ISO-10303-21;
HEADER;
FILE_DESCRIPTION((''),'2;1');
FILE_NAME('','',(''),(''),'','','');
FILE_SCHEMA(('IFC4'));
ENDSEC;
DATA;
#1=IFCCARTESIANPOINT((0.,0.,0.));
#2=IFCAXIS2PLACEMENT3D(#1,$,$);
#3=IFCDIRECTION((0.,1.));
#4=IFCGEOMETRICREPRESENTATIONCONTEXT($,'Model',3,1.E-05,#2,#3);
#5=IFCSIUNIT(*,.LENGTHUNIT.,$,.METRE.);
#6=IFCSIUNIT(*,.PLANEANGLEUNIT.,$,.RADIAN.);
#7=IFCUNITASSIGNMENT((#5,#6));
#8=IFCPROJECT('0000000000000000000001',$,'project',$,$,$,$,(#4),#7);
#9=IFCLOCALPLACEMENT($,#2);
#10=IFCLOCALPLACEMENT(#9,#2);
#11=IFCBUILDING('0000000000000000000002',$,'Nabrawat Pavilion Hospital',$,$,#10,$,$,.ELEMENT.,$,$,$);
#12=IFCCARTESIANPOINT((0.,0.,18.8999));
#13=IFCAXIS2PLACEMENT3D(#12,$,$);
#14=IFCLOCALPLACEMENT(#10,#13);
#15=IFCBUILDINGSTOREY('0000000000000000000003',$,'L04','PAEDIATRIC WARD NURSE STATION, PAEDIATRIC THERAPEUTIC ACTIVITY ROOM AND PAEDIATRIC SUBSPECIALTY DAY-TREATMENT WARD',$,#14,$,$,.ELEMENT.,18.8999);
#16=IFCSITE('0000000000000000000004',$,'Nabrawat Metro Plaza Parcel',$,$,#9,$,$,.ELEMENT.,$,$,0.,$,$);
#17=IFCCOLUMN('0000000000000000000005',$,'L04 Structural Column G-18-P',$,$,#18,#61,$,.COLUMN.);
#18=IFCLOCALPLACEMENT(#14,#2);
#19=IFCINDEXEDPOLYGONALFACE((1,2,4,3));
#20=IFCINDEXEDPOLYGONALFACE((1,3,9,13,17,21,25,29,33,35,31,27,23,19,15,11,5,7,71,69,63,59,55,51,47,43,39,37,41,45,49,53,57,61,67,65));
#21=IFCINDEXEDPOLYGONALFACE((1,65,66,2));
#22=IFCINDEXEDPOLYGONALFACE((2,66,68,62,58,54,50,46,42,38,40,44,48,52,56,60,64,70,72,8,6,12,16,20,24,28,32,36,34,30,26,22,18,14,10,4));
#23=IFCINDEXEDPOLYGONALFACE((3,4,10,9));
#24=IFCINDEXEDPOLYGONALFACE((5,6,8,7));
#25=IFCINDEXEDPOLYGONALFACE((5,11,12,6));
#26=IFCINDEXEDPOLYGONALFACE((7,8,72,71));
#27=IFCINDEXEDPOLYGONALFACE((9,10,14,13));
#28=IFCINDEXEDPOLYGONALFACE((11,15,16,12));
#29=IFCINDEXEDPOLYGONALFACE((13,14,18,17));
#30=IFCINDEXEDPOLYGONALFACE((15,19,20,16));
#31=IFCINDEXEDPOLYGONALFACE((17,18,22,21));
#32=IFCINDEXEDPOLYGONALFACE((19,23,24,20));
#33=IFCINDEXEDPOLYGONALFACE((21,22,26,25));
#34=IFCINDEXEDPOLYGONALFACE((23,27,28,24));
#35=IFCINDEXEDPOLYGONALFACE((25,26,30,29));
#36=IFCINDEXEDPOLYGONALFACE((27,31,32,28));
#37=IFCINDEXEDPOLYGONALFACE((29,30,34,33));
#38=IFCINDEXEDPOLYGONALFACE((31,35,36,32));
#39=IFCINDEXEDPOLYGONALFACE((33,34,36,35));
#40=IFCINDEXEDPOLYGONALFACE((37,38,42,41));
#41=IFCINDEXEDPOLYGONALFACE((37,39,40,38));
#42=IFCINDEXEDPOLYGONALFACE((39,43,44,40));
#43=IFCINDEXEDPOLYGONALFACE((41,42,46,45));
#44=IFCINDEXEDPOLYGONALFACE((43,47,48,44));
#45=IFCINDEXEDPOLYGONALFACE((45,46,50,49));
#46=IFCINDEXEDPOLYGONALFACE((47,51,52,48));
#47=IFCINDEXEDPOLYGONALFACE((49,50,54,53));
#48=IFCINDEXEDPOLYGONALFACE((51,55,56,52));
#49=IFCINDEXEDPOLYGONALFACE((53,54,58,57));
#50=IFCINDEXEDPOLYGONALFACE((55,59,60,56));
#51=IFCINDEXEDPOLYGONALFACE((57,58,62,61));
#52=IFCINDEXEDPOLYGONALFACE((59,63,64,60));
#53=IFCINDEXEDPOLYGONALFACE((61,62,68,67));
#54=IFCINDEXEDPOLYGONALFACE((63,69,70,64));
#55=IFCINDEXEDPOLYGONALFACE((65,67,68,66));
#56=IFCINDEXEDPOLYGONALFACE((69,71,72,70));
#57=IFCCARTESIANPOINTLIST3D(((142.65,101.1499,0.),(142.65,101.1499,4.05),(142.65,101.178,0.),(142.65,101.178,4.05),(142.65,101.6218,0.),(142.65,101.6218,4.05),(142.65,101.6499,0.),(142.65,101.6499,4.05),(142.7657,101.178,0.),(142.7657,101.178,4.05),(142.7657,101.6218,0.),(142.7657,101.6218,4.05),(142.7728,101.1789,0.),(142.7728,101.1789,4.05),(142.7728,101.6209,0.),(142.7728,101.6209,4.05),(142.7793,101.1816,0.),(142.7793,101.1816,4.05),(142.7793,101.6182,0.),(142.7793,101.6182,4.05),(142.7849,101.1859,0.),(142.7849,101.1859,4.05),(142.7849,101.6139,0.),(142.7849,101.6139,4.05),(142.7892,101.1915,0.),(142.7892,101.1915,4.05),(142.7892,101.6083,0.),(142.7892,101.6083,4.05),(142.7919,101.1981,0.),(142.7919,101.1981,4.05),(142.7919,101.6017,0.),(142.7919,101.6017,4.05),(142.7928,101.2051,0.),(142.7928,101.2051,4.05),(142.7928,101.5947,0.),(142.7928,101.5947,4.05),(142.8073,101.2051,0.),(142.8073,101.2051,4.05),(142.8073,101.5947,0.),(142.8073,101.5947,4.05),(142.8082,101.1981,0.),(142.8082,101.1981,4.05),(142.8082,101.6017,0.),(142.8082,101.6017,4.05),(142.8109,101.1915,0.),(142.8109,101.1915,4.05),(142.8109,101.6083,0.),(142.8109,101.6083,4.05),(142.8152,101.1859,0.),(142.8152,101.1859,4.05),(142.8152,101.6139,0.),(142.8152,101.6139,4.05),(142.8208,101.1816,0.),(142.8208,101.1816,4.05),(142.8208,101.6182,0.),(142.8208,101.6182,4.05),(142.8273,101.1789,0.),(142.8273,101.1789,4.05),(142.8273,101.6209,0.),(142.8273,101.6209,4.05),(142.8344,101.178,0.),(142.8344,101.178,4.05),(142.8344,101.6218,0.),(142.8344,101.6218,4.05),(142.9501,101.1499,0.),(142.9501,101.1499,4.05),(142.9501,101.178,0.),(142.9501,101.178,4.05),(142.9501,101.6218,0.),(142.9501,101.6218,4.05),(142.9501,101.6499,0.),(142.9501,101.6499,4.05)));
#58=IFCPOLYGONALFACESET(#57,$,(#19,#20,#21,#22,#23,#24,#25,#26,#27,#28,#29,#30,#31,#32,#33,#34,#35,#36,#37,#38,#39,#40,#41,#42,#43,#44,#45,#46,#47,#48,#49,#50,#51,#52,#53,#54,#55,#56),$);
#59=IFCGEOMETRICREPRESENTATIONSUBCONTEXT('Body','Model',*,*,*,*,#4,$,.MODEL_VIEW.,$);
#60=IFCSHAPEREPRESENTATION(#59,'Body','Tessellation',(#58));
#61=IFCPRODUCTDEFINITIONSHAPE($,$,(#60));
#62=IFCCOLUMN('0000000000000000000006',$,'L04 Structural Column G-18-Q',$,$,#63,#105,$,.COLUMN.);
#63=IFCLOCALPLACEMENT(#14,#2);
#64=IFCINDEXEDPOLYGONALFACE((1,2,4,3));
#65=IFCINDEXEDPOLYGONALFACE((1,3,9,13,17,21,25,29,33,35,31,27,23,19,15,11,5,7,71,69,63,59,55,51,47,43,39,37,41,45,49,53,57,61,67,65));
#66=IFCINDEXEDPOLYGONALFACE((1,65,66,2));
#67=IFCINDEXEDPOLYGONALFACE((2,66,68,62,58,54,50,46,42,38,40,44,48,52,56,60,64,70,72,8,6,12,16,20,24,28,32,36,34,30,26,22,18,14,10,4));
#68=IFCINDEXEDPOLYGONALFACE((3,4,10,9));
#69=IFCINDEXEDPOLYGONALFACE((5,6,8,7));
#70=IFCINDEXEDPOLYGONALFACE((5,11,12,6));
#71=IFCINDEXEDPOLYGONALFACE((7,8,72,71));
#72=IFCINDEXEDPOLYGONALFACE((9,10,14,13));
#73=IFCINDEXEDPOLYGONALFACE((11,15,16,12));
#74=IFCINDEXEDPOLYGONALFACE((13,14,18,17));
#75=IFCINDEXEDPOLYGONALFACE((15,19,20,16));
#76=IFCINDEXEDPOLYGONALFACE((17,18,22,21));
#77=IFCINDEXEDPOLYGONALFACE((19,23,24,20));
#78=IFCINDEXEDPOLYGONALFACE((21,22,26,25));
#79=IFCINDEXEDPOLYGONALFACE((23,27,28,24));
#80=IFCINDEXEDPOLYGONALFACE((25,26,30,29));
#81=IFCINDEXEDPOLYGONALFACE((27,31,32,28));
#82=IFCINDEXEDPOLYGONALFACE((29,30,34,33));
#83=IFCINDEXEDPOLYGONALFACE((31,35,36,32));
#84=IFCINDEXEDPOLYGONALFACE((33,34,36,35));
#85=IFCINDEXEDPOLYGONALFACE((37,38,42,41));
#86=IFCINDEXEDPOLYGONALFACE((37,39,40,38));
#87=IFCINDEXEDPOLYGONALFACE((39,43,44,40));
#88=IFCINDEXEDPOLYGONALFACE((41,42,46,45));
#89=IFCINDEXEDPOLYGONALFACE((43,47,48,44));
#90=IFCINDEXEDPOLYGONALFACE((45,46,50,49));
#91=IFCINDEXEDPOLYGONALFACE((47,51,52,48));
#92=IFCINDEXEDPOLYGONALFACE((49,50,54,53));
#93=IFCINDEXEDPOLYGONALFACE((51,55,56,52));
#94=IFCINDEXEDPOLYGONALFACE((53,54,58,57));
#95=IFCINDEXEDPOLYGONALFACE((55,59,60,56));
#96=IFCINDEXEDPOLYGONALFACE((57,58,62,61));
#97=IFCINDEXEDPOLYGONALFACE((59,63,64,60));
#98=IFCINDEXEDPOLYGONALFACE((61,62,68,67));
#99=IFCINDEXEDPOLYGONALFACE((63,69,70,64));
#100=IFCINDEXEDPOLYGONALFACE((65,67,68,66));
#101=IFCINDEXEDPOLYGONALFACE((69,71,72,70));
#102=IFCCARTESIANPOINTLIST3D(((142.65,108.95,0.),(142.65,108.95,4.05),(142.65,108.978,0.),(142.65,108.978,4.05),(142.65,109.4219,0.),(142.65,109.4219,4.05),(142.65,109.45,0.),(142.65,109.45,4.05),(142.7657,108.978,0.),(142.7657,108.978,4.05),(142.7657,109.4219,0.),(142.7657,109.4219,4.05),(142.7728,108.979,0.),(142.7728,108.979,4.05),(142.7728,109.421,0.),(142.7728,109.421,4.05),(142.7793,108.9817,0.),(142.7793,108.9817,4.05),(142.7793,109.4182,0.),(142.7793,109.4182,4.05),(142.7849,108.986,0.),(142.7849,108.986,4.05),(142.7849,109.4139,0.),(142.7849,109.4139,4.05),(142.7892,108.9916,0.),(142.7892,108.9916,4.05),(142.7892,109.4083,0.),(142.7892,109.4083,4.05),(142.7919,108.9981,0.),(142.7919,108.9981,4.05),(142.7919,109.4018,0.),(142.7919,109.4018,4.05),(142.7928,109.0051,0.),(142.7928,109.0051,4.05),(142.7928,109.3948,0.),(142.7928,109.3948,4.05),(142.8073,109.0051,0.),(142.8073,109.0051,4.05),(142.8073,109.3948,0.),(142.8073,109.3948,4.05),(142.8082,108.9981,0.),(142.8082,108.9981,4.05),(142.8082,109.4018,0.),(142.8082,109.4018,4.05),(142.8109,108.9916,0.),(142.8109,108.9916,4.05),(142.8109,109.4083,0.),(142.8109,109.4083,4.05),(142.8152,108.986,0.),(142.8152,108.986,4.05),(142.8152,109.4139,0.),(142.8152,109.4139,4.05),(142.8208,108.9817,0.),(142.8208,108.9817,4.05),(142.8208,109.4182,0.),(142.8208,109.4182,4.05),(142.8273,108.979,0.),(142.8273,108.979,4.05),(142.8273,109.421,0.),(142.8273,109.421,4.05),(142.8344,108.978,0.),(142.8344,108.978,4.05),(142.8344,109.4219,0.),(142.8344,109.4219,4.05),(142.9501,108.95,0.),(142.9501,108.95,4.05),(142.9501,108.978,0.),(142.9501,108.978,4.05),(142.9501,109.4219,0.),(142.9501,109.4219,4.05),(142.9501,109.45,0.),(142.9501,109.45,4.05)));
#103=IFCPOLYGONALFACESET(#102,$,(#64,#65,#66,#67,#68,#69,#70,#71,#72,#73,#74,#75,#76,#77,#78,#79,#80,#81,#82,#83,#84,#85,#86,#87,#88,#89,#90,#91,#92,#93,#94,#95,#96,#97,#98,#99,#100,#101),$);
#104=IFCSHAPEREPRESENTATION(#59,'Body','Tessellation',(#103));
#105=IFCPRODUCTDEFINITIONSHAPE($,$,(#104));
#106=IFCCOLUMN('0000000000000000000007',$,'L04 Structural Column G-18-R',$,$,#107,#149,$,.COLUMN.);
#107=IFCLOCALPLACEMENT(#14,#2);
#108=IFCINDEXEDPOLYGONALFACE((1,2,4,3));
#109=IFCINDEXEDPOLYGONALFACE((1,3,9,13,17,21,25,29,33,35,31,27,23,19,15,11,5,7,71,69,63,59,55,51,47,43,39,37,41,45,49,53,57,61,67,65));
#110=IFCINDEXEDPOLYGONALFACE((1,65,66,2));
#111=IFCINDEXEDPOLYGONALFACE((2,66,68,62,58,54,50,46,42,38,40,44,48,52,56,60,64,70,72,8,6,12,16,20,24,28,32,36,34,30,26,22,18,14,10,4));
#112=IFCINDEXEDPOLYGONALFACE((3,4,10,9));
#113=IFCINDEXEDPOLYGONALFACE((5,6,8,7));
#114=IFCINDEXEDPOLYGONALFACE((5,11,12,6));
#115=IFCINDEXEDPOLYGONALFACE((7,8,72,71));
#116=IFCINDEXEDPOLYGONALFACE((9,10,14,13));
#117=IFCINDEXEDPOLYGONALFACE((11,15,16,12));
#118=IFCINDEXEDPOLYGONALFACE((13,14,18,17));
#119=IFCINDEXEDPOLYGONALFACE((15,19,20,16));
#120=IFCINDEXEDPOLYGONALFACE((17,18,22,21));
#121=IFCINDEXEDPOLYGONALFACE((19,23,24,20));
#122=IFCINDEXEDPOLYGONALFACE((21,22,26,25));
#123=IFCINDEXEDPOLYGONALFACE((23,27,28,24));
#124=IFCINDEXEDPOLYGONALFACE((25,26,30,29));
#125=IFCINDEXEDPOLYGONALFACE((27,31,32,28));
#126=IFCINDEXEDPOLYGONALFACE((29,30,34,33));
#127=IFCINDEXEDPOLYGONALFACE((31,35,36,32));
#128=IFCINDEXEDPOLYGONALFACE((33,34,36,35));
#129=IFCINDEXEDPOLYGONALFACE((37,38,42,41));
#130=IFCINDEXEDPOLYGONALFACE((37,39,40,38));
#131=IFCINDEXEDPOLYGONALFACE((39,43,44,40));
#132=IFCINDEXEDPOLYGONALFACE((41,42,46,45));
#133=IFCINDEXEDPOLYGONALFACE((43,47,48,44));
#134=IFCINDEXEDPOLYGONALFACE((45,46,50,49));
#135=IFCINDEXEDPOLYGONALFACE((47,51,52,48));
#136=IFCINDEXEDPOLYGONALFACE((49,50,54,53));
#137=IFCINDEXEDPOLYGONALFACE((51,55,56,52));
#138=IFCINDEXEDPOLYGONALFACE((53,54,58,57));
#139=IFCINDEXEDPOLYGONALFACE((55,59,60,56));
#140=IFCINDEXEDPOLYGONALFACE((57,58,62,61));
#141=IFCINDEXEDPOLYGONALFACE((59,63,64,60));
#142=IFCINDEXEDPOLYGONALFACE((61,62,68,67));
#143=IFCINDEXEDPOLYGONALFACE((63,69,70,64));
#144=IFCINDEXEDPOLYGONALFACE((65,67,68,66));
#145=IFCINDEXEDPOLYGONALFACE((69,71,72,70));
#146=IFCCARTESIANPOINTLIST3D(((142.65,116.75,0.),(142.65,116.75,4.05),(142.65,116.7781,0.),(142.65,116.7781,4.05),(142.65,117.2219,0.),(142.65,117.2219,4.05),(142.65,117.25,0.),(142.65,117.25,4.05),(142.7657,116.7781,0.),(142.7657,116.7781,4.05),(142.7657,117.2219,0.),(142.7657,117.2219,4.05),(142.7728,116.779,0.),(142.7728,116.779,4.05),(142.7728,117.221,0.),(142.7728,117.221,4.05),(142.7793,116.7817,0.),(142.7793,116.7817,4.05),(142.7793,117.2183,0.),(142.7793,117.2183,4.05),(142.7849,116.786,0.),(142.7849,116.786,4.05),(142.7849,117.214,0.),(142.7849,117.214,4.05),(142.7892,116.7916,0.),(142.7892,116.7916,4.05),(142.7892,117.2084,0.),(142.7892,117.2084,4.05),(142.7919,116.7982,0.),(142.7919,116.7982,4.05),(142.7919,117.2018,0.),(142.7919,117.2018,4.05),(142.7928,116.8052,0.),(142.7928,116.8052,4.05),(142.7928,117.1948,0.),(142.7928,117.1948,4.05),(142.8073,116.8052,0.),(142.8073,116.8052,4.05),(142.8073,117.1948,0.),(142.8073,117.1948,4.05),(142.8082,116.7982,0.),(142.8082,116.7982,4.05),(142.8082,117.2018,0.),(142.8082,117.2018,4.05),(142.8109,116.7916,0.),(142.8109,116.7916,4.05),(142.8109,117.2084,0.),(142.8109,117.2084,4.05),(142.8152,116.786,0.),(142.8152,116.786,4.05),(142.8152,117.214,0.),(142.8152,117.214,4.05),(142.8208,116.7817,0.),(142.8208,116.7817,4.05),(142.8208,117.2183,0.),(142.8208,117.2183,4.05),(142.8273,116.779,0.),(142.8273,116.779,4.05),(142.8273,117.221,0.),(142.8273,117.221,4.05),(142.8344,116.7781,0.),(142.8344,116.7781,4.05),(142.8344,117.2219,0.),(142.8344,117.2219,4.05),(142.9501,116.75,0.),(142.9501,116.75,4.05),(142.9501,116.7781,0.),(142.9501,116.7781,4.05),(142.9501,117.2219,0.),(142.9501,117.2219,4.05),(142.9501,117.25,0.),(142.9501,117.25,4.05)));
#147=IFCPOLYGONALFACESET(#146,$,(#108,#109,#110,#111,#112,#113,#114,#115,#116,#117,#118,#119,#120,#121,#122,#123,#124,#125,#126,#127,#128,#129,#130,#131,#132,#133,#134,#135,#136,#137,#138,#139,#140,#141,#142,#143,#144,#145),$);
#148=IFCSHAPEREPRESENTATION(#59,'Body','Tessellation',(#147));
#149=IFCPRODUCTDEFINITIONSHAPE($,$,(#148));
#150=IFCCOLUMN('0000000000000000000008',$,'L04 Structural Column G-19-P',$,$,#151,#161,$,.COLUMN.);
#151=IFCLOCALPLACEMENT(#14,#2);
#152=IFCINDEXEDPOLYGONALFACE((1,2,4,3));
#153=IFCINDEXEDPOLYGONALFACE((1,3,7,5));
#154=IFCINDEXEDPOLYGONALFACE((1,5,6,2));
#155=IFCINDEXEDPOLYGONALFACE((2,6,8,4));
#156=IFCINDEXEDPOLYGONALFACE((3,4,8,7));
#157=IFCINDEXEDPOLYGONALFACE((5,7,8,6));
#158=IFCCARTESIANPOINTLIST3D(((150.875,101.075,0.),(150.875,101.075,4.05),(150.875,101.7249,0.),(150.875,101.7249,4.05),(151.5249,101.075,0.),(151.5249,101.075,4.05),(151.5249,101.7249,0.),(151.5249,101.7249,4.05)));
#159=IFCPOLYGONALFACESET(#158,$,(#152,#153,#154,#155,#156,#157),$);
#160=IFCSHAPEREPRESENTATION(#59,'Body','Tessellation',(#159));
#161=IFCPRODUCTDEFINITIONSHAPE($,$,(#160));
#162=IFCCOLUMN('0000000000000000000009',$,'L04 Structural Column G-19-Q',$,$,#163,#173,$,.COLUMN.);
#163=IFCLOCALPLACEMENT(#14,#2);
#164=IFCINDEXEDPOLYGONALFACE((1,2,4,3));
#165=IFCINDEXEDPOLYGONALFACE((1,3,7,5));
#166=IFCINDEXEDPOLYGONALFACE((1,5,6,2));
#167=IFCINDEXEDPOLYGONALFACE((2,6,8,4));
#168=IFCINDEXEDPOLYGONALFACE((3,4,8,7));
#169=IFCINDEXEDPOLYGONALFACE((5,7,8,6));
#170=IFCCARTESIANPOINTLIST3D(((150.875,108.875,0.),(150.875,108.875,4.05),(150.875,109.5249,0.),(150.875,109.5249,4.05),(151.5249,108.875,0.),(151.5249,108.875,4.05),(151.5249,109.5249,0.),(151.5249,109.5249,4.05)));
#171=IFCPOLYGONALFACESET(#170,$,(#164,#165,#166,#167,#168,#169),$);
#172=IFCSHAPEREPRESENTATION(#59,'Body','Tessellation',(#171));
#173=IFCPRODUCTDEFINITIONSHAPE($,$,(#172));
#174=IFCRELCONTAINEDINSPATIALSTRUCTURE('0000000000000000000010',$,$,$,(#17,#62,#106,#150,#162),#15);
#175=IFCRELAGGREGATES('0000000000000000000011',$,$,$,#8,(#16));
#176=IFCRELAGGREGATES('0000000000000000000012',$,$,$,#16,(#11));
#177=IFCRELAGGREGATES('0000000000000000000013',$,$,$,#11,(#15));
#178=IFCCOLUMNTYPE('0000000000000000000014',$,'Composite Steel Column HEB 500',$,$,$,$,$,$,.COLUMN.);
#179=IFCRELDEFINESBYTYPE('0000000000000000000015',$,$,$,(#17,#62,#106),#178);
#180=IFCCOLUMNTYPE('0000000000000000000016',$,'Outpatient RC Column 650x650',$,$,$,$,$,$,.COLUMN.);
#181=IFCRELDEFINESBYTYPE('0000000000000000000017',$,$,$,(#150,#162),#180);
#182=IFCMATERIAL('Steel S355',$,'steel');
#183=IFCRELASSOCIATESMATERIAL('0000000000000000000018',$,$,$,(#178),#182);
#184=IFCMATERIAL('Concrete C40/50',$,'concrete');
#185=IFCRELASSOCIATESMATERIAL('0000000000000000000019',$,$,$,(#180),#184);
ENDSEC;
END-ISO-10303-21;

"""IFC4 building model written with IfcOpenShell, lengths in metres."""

from ifc_helpers import new_model, si_unit, direction, frame, origin, origin_2d, place, context, subcontext, project, spatial, rectangle, i_section, extrude, material, material_profile, profile_set, type_object, element, save


model = new_model("IFC4")

# Units and contexts
model_context = context("Model", 3, precision=1e-05, world=origin(), true_north=direction((0.0, 1.0)))
body_context = subcontext(model_context, "Body", "Model", "MODEL_VIEW")
ifc_project = project(units=[si_unit("LENGTHUNIT", "METRE"), si_unit("PLANEANGLEUNIT", "RADIAN")], contexts=[model_context])

# Site, building, storey
site_placement = place(None, origin())
site = spatial("IfcSite", under=ifc_project, at=site_placement, Name="Nabrawat Metro Plaza Parcel", CompositionType="ELEMENT", RefElevation=0.0)
building_placement = place(site_placement, origin())
building = spatial("IfcBuilding", under=site, at=building_placement, Name="Nabrawat Pavilion Hospital", CompositionType="ELEMENT")
storey_placement = place(building_placement, frame((0.0, 0.0, 18.8999)))
storey = spatial("IfcBuildingStorey", under=building, at=storey_placement, Name="L04", Description="PAEDIATRIC WARD NURSE STATION, PAEDIATRIC THERAPEUTIC ACTIVITY ROOM AND PAEDIATRIC SUBSPECIALTY DAY-TREATMENT WARD", CompositionType="ELEMENT", Elevation=18.8999)

# Columns
ifc_material_1 = material(Name="Steel S355", Category="steel")
ifc_material_profile_1 = material_profile(ifc_material_1, i_section(OverallWidth=0.3, OverallDepth=0.5, WebThickness=0.0144, FlangeThickness=0.0281, FilletRadius=0.0271, at=origin_2d()), Name="HEB 500")
ifc_profile_set_1 = profile_set([ifc_material_profile_1], Name="Steel S355")
column_type_1 = type_object("IfcColumnType", Name="Composite Steel Column HEB 500", PredefinedType="COLUMN", material=ifc_profile_set_1)
for number, where, z_axis, x_axis, name in (
    (1, (142.8, 101.3999, 0.0), (0.0, 0.0, 1.0), (1.0, 0.0, 0.0), "L04 Structural Column G-18-P"),
    (2, (142.8, 109.2, 0.0), (0.0, 0.0, 1.0), (1.0, 0.0, 0.0), "L04 Structural Column G-18-Q"),
    (3, (142.8, 117.0, 0.0), (0.0, 0.0, 1.0), (1.0, 0.0, 0.0), "L04 Structural Column G-18-R"),
):
    element("IfcColumn", number, at=place(storey_placement, frame(where, z_axis=z_axis, x_axis=x_axis)), inside=storey, type_object=column_type_1, Name=name, PredefinedType="COLUMN", context=body_context, shape_type="SweptSolid", body=[
        extrude(i_section(OverallWidth=0.3, OverallDepth=0.5, WebThickness=0.0144, FlangeThickness=0.0281, FilletRadius=0.0271, at=origin_2d()), origin(), (0.0, 0.0, 1.0), 4.05),
    ])
ifc_material_2 = material(Name="Concrete C40/50", Category="concrete")
ifc_material_profile_2 = material_profile(ifc_material_2, rectangle(XDim=0.6499, YDim=0.6499, at=origin_2d()), Name="RC 650x650")
ifc_profile_set_2 = profile_set([ifc_material_profile_2], Name="Concrete C40/50")
column_type_2 = type_object("IfcColumnType", Name="Outpatient RC Column 650x650", PredefinedType="COLUMN", material=ifc_profile_set_2)
for number, where, z_axis, x_axis, name in (
    (4, (151.2, 101.3999, 0.0), (0.0, 0.0, 1.0), (1.0, 0.0, 0.0), "L04 Structural Column G-19-P"),
    (5, (151.2, 109.2, 0.0), (0.0, 0.0, 1.0), (1.0, 0.0, 0.0), "L04 Structural Column G-19-Q"),
):
    element("IfcColumn", number, at=place(storey_placement, frame(where, z_axis=z_axis, x_axis=x_axis)), inside=storey, type_object=column_type_2, Name=name, PredefinedType="COLUMN", context=body_context, shape_type="SweptSolid", body=[
        extrude(rectangle(XDim=0.6499, YDim=0.6499, at=origin_2d()), origin(), (0.0, 0.0, 1.0), 4.05),
    ])

save(model, "model.ifc")
